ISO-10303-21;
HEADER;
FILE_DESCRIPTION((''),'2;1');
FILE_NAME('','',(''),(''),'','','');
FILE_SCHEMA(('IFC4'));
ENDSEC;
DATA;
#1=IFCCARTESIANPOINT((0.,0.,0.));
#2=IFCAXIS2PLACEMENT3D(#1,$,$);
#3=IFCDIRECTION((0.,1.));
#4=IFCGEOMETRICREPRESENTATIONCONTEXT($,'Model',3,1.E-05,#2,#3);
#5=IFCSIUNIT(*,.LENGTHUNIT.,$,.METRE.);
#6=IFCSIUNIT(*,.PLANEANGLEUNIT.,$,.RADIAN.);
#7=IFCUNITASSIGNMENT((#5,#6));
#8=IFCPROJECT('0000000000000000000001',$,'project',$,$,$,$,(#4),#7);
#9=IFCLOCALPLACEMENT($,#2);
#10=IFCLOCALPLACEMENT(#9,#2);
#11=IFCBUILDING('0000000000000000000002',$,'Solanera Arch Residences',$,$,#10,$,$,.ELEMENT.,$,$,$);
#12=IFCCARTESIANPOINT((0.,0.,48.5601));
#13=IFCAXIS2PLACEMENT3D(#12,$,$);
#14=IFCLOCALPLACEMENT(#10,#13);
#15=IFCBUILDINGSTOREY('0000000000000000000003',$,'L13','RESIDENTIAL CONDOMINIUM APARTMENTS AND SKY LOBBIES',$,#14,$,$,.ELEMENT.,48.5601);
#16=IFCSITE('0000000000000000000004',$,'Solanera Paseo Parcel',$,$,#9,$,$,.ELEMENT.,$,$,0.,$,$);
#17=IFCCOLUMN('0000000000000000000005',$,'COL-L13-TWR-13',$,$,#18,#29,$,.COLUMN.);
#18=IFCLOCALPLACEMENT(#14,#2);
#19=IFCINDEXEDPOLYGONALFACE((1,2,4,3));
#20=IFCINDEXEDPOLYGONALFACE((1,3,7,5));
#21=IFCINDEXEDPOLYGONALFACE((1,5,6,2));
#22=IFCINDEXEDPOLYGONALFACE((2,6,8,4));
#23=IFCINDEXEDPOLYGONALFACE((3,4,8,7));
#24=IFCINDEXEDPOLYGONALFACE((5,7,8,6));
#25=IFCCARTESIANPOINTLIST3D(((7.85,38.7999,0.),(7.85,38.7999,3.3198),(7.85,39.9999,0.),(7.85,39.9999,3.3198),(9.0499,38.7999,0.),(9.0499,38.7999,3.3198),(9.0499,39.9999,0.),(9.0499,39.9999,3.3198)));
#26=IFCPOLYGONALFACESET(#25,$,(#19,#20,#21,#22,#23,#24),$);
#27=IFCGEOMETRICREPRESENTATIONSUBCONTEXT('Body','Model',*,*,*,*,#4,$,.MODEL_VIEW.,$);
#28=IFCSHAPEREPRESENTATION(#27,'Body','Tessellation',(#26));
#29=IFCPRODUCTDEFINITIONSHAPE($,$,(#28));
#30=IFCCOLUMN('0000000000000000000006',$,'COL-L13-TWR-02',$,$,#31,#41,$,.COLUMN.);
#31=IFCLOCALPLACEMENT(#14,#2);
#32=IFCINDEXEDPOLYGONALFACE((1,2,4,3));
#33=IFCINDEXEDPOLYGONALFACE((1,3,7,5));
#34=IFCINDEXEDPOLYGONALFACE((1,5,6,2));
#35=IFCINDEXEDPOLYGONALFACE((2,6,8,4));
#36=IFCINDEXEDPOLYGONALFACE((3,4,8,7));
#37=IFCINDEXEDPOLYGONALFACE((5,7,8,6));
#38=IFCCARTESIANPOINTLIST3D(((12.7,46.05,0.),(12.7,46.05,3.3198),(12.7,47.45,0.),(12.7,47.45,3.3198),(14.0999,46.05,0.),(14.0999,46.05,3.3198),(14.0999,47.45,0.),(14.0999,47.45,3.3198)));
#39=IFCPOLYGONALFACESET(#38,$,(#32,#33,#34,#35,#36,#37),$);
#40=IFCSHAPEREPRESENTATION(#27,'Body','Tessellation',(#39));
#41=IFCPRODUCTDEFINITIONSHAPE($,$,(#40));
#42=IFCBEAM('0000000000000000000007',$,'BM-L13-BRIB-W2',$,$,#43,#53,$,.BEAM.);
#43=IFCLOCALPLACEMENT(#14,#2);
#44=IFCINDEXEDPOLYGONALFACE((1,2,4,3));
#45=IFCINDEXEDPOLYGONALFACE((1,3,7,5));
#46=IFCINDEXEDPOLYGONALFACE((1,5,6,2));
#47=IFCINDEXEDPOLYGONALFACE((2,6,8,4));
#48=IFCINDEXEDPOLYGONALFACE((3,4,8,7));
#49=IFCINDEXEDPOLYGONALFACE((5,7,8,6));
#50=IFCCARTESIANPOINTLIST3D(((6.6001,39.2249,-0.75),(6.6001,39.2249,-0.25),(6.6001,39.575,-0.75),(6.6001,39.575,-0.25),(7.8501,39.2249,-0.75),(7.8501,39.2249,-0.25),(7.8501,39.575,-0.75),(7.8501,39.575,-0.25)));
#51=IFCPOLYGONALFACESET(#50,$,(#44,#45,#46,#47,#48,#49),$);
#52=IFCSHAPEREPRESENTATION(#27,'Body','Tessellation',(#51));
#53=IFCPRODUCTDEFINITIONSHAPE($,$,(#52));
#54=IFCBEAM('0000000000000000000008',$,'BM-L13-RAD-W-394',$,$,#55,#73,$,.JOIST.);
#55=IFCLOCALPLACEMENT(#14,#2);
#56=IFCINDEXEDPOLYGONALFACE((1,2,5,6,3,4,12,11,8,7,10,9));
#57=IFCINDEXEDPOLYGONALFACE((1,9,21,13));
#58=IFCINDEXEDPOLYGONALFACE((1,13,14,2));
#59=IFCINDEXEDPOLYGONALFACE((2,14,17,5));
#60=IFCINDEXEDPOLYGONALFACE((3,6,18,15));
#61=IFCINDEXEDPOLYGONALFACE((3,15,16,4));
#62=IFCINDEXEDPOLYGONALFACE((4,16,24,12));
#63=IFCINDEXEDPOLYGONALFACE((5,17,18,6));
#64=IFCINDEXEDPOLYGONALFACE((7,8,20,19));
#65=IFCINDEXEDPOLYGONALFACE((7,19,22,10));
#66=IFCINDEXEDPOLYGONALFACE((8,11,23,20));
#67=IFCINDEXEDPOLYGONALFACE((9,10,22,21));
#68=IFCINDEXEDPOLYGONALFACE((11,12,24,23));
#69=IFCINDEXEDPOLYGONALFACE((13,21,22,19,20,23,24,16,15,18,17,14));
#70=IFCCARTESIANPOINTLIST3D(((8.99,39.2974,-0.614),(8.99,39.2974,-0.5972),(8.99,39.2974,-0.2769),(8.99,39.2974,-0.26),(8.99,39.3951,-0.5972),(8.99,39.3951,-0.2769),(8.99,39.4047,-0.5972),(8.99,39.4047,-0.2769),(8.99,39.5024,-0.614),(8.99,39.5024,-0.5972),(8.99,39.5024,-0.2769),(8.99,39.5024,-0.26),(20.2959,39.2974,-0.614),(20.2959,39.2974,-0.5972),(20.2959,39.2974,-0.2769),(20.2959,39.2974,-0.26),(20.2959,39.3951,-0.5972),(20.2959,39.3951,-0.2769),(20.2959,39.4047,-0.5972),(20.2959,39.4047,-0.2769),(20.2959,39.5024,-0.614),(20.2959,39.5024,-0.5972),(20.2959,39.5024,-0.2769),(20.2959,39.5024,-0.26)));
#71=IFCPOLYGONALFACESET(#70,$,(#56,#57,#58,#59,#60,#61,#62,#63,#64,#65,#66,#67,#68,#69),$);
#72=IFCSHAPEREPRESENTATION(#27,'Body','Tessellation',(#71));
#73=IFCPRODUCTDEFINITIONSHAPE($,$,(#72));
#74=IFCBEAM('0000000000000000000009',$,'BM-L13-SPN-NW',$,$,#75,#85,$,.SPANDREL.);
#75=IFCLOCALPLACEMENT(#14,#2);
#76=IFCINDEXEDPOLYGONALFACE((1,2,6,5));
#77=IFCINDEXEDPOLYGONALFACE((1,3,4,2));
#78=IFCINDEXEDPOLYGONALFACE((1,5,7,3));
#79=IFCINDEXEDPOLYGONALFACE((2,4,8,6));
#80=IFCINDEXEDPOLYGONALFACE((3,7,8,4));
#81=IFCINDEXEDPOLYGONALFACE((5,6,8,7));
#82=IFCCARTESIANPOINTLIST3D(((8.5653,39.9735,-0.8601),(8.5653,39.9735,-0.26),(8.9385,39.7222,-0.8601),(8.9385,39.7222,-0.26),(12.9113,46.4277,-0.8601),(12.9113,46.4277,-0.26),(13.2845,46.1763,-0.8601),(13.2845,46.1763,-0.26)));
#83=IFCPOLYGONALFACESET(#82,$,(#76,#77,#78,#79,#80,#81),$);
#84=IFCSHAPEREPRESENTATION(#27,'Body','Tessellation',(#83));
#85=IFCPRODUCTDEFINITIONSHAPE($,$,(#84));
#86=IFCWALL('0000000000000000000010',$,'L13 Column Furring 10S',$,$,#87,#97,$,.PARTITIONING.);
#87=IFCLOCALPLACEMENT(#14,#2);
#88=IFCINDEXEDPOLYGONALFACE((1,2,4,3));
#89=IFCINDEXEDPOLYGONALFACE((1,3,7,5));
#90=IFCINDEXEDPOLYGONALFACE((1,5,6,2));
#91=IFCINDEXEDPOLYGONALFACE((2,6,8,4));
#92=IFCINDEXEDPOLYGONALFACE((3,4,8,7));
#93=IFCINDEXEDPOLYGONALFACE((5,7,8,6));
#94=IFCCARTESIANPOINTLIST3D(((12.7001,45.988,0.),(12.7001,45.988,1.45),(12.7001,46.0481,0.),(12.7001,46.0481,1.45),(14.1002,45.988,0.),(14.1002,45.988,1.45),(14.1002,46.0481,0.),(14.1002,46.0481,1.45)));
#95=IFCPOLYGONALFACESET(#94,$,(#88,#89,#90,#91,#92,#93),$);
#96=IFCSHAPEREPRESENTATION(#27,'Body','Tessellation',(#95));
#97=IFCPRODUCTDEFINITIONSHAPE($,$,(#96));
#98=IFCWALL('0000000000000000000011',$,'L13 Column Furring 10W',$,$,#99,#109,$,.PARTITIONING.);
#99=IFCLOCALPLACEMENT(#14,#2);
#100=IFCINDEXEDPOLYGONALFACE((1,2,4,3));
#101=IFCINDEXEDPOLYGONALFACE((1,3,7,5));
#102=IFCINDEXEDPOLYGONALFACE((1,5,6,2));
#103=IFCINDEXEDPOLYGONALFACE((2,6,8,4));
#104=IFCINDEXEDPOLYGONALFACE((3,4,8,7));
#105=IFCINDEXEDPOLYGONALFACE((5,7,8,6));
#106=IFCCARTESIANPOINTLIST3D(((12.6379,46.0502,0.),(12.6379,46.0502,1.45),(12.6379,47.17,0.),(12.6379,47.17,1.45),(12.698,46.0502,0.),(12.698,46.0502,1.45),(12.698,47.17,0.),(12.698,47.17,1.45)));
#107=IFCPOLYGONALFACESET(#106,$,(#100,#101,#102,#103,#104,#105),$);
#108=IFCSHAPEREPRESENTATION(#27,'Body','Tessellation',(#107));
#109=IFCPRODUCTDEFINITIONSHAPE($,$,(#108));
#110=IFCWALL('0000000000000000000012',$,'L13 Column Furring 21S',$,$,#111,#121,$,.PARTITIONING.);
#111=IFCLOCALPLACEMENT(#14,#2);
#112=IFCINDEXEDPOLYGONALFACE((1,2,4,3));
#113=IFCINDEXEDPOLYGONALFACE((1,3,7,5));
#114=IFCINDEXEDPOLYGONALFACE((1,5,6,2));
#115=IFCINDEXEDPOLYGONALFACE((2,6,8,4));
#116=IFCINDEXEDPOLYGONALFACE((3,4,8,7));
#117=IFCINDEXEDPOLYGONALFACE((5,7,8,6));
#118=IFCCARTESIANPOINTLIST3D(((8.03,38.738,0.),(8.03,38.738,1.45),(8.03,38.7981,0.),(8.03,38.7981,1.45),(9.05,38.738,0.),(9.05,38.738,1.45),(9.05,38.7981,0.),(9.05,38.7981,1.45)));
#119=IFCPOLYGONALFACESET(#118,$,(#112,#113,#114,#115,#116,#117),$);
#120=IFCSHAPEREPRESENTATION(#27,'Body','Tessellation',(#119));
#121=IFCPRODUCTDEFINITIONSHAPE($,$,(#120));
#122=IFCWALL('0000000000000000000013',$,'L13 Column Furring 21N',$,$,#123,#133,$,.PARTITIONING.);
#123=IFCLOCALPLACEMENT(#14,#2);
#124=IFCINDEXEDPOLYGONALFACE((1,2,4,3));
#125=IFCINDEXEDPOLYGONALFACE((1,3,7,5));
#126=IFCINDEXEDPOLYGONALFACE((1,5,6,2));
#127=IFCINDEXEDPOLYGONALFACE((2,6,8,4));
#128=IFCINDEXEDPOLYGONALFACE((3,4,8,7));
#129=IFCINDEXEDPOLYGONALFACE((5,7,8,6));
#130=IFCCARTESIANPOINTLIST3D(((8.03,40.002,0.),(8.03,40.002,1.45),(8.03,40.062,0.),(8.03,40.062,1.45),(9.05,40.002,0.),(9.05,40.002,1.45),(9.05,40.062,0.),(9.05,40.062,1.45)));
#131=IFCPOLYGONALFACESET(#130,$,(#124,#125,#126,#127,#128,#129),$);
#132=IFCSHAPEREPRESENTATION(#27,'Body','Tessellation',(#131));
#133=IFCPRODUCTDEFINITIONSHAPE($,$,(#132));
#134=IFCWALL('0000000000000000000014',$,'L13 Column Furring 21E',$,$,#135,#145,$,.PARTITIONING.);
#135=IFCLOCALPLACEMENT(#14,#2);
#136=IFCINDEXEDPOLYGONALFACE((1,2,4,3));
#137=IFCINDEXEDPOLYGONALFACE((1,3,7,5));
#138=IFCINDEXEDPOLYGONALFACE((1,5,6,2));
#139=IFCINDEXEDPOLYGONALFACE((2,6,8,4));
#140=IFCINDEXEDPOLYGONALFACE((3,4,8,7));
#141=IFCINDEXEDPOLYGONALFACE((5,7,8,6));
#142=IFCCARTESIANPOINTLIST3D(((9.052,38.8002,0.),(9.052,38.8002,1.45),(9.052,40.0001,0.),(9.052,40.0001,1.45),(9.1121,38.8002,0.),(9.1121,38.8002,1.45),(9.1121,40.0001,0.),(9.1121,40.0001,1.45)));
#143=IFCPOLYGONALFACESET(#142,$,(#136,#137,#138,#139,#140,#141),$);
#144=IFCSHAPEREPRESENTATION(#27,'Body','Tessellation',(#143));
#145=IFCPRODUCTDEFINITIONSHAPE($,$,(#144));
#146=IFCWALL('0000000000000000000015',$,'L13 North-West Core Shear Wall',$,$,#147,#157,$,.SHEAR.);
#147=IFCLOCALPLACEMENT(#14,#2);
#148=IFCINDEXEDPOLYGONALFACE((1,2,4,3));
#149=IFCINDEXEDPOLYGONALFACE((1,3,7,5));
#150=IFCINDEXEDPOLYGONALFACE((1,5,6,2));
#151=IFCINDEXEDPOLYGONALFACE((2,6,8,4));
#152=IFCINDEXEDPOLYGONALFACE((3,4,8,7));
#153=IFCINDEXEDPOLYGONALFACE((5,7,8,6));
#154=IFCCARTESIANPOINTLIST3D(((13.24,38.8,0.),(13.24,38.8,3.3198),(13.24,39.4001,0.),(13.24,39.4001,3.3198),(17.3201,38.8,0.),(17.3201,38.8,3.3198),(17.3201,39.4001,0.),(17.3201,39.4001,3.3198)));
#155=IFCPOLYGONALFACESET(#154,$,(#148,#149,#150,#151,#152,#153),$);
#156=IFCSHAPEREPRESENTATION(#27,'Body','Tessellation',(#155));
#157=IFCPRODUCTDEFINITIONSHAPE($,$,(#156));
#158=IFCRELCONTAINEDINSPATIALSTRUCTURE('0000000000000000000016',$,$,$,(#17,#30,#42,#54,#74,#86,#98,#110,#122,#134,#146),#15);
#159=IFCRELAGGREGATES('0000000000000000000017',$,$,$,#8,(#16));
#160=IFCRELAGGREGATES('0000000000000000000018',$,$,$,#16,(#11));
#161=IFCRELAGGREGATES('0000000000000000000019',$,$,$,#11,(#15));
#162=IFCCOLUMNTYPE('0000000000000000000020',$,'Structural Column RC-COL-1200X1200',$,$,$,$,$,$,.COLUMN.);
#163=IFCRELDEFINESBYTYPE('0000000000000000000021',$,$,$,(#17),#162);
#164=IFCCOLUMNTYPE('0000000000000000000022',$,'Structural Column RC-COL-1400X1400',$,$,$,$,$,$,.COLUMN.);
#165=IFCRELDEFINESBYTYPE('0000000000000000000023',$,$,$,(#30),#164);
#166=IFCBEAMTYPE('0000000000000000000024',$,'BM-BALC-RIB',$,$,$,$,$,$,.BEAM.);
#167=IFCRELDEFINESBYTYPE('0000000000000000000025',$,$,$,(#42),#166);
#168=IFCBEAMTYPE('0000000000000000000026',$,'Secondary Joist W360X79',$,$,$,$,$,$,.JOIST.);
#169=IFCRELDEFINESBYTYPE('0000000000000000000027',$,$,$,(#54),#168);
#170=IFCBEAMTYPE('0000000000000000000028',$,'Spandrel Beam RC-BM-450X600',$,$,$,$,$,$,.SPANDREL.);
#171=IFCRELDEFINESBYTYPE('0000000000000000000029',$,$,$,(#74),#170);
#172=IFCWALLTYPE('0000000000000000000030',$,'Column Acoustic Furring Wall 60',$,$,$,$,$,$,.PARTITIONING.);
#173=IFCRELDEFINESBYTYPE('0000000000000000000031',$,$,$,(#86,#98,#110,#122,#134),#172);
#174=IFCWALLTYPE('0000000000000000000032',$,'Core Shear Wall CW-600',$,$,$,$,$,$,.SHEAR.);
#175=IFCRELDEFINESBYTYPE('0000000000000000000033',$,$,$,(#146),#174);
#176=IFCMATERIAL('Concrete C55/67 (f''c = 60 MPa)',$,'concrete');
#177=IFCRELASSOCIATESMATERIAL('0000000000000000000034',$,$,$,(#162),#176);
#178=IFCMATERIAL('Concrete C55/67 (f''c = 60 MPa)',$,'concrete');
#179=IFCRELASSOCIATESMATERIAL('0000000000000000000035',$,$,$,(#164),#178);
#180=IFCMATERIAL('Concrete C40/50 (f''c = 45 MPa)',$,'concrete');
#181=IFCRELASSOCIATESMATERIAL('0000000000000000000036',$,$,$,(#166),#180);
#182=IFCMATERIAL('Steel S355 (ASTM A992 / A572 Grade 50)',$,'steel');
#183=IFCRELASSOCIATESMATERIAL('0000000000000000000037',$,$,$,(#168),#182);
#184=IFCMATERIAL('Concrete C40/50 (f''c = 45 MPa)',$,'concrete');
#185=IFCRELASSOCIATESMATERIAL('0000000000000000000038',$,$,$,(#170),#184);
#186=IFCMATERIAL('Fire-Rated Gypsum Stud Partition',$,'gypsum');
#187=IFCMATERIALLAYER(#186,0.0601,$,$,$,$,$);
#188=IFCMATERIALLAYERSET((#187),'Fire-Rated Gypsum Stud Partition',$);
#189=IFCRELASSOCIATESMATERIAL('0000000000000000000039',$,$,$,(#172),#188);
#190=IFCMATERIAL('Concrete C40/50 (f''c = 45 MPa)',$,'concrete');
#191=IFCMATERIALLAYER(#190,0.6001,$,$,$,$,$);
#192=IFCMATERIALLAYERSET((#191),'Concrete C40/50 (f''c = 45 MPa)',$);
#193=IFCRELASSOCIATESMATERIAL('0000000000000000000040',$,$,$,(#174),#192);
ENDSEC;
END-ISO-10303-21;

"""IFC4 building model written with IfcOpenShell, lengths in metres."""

from ifc_helpers import new_model, si_unit, direction, frame, frame_2d, origin, origin_2d, place, context, subcontext, project, spatial, rectangle, i_section, extrude, material, layer, layer_set, material_profile, profile_set, type_object, element, save


model = new_model("IFC4")

# Units and contexts
model_context = context("Model", 3, precision=1e-05, world=origin(), true_north=direction((0.0, 1.0)))
body_context = subcontext(model_context, "Body", "Model", "MODEL_VIEW")
ifc_project = project(units=[si_unit("LENGTHUNIT", "METRE"), si_unit("PLANEANGLEUNIT", "RADIAN")], contexts=[model_context])

# Site, building, storey
site_placement = place(None, origin())
site = spatial("IfcSite", under=ifc_project, at=site_placement, Name="Solanera Paseo Parcel", CompositionType="ELEMENT", RefElevation=0.0)
building_placement = place(site_placement, origin())
building = spatial("IfcBuilding", under=site, at=building_placement, Name="Solanera Arch Residences", CompositionType="ELEMENT")
storey_placement = place(building_placement, frame((0.0, 0.0, 48.5601)))
storey = spatial("IfcBuildingStorey", under=building, at=storey_placement, Name="L13", Description="RESIDENTIAL CONDOMINIUM APARTMENTS AND SKY LOBBIES", CompositionType="ELEMENT", Elevation=48.5601)

# Columns
ifc_material_1 = material(Name="Concrete C55/67 (f'c = 60 MPa)", Category="concrete")
ifc_material_profile_1 = material_profile(ifc_material_1, rectangle(XDim=1.2, YDim=1.2, at=origin_2d()))
ifc_profile_set_1 = profile_set([ifc_material_profile_1], Name="Concrete C55/67 (f'c = 60 MPa)")
column_type_1 = type_object("IfcColumnType", Name="Structural Column RC-COL-1200X1200", PredefinedType="COLUMN", material=ifc_profile_set_1)
column_1_placement = place(storey_placement, frame((8.45, 39.3999, 0.0), z_axis=(0.0, 0.0, 1.0), x_axis=(1.0, 0.0, 0.0)))
element("IfcColumn", 1, at=column_1_placement, inside=storey, type_object=column_type_1, Name="COL-L13-TWR-13", PredefinedType="COLUMN", context=body_context, shape_type="SweptSolid", body=[
    extrude(rectangle(XDim=1.2, YDim=1.2, at=origin_2d()), origin(), (0.0, 0.0, 1.0), 3.3198),
])
ifc_material_2 = material(Name="Concrete C55/67 (f'c = 60 MPa)", Category="concrete")
ifc_material_profile_2 = material_profile(ifc_material_2, rectangle(XDim=1.3999, YDim=1.3999, at=origin_2d()))
ifc_profile_set_2 = profile_set([ifc_material_profile_2], Name="Concrete C55/67 (f'c = 60 MPa)")
column_type_2 = type_object("IfcColumnType", Name="Structural Column RC-COL-1400X1400", PredefinedType="COLUMN", material=ifc_profile_set_2)
column_2_placement = place(storey_placement, frame((13.3999, 46.75, 0.0), z_axis=(0.0, 0.0, 1.0), x_axis=(1.0, 0.0, 0.0)))
element("IfcColumn", 2, at=column_2_placement, inside=storey, type_object=column_type_2, Name="COL-L13-TWR-02", PredefinedType="COLUMN", context=body_context, shape_type="SweptSolid", body=[
    extrude(rectangle(XDim=1.3999, YDim=1.3999, at=origin_2d()), origin(), (0.0, 0.0, 1.0), 3.3198),
])

# Beams
ifc_material_3 = material(Name="Concrete C40/50 (f'c = 45 MPa)", Category="concrete")
ifc_material_profile_3 = material_profile(ifc_material_3, rectangle(XDim=0.3501, YDim=0.5, at=origin_2d()))
ifc_profile_set_3 = profile_set([ifc_material_profile_3], Name="Concrete C40/50 (f'c = 45 MPa)")
beam_type_1 = type_object("IfcBeamType", Name="BM-BALC-RIB", PredefinedType="BEAM", material=ifc_profile_set_3)
beam_1_placement = place(storey_placement, frame((6.6001, 39.3999, -0.5), z_axis=(1.0, 0.0, 0.0), x_axis=(0.0, 1.0, 0.0)))
element("IfcBeam", 3, at=beam_1_placement, inside=storey, type_object=beam_type_1, Name="BM-L13-BRIB-W2", PredefinedType="BEAM", context=body_context, shape_type="SweptSolid", body=[
    extrude(rectangle(XDim=0.3501, YDim=0.5, at=origin_2d()), origin(), (0.0, 0.0, 1.0), 1.25),
])
ifc_material_4 = material(Name="Steel S355 (ASTM A992 / A572 Grade 50)", Category="steel")
ifc_material_profile_4 = material_profile(ifc_material_4, i_section(OverallWidth=0.2051, OverallDepth=0.354, WebThickness=0.0095, FlangeThickness=0.0168, at=origin_2d()))
ifc_profile_set_4 = profile_set([ifc_material_profile_4], Name="Steel S355 (ASTM A992 / A572 Grade 50)")
beam_type_2 = type_object("IfcBeamType", Name="Secondary Joist W360X79", PredefinedType="JOIST", material=ifc_profile_set_4)
beam_2_placement = place(storey_placement, frame((8.99, 39.3999, -0.437), z_axis=(1.0, 0.0, 0.0), x_axis=(0.0, 1.0, 0.0)))
element("IfcBeam", 4, at=beam_2_placement, inside=storey, type_object=beam_type_2, Name="BM-L13-RAD-W-394", PredefinedType="JOIST", context=body_context, shape_type="SweptSolid", body=[
    extrude(i_section(OverallWidth=0.2051, OverallDepth=0.354, WebThickness=0.0095, FlangeThickness=0.0168, at=origin_2d()), origin(), (0.0, 0.0, 1.0), 11.3059),
])
ifc_material_5 = material(Name="Concrete C40/50 (f'c = 45 MPa)", Category="concrete")
ifc_material_profile_5 = material_profile(ifc_material_5, rectangle(XDim=0.45, YDim=0.6001, at=origin_2d()))
ifc_profile_set_5 = profile_set([ifc_material_profile_5], Name="Concrete C40/50 (f'c = 45 MPa)")
beam_type_3 = type_object("IfcBeamType", Name="Spandrel Beam RC-BM-450X600", PredefinedType="SPANDREL", material=ifc_profile_set_5)
beam_3_placement = place(storey_placement, frame((13.0979, 46.302, -0.5601), z_axis=(-0.558539, -0.829478, 0.0), x_axis=(0.829478, -0.558539, 0.0)))
element("IfcBeam", 5, at=beam_3_placement, inside=storey, type_object=beam_type_3, Name="BM-L13-SPN-NW", PredefinedType="SPANDREL", context=body_context, shape_type="SweptSolid", body=[
    extrude(rectangle(XDim=0.45, YDim=0.6001, at=origin_2d()), origin(), (0.0, 0.0, 1.0), 7.781),
])

# Walls
ifc_material_6 = material(Name="Fire-Rated Gypsum Stud Partition", Category="gypsum")
ifc_layer_1 = layer(ifc_material_6, 0.0601)
ifc_layer_set_1 = layer_set([ifc_layer_1], Name="Fire-Rated Gypsum Stud Partition")
wall_type_1 = type_object("IfcWallType", Name="Column Acoustic Furring Wall 60", PredefinedType="PARTITIONING", material=ifc_layer_set_1)
wall_1_placement = place(storey_placement, frame((12.7, 46.0181, 0.0), z_axis=(0.0, 0.0, 1.0), x_axis=(1.0, 0.0, 0.0)))
element("IfcWall", 6, at=wall_1_placement, inside=storey, type_object=wall_type_1, Name="L13 Column Furring 10S", PredefinedType="PARTITIONING", context=body_context, shape_type="SweptSolid", body=[
    extrude(rectangle(XDim=1.4001, YDim=0.0601, at=frame_2d((0.7002, 0.0))), origin(), (0.0, 0.0, 1.0), 1.45),
])
wall_2_placement = place(storey_placement, frame((12.668, 46.05, 0.0), z_axis=(0.0, 0.0, 1.0), x_axis=(0.0, 1.0, 0.0)))
element("IfcWall", 7, at=wall_2_placement, inside=storey, type_object=wall_type_1, Name="L13 Column Furring 10W", PredefinedType="PARTITIONING", context=body_context, shape_type="SweptSolid", body=[
    extrude(rectangle(XDim=1.1199, YDim=0.0601, at=frame_2d((0.5601, 0.0))), origin(), (0.0, 0.0, 1.0), 1.45),
])
for number, where, z_axis, x_axis, name in (
    (8, (8.03, 38.7681, 0.0), (0.0, 0.0, 1.0), (1.0, 0.0, 0.0), "L13 Column Furring 21S"),
    (9, (8.03, 40.032, 0.0), (0.0, 0.0, 1.0), (1.0, 0.0, 0.0), "L13 Column Furring 21N"),
):
    element("IfcWall", number, at=place(storey_placement, frame(where, z_axis=z_axis, x_axis=x_axis)), inside=storey, type_object=wall_type_1, Name=name, PredefinedType="PARTITIONING", context=body_context, shape_type="SweptSolid", body=[
        extrude(rectangle(XDim=1.02, YDim=0.0601, at=frame_2d((0.51, 0.0))), origin(), (0.0, 0.0, 1.0), 1.45),
    ])
wall_3_placement = place(storey_placement, frame((9.082, 38.8, 0.0), z_axis=(0.0, 0.0, 1.0), x_axis=(0.0, 1.0, 0.0)))
element("IfcWall", 10, at=wall_3_placement, inside=storey, type_object=wall_type_1, Name="L13 Column Furring 21E", PredefinedType="PARTITIONING", context=body_context, shape_type="SweptSolid", body=[
    extrude(rectangle(XDim=1.2, YDim=0.0601, at=frame_2d((0.6001, 0.0))), origin(), (0.0, 0.0, 1.0), 1.45),
])
ifc_material_7 = material(Name="Concrete C40/50 (f'c = 45 MPa)", Category="concrete")
ifc_layer_2 = layer(ifc_material_7, 0.6001)
ifc_layer_set_2 = layer_set([ifc_layer_2], Name="Concrete C40/50 (f'c = 45 MPa)")
wall_type_2 = type_object("IfcWallType", Name="Core Shear Wall CW-600", PredefinedType="SHEAR", material=ifc_layer_set_2)
wall_4_placement = place(storey_placement, frame((13.24, 39.1001, 0.0), z_axis=(0.0, 0.0, 1.0), x_axis=(1.0, 0.0, 0.0)))
element("IfcWall", 11, at=wall_4_placement, inside=storey, type_object=wall_type_2, Name="L13 North-West Core Shear Wall", PredefinedType="SHEAR", context=body_context, shape_type="SweptSolid", body=[
    extrude(rectangle(XDim=4.0801, YDim=0.6001, at=frame_2d((2.04, 0.0))), origin(), (0.0, 0.0, 1.0), 3.3198),
])

save(model, "model.ifc")
